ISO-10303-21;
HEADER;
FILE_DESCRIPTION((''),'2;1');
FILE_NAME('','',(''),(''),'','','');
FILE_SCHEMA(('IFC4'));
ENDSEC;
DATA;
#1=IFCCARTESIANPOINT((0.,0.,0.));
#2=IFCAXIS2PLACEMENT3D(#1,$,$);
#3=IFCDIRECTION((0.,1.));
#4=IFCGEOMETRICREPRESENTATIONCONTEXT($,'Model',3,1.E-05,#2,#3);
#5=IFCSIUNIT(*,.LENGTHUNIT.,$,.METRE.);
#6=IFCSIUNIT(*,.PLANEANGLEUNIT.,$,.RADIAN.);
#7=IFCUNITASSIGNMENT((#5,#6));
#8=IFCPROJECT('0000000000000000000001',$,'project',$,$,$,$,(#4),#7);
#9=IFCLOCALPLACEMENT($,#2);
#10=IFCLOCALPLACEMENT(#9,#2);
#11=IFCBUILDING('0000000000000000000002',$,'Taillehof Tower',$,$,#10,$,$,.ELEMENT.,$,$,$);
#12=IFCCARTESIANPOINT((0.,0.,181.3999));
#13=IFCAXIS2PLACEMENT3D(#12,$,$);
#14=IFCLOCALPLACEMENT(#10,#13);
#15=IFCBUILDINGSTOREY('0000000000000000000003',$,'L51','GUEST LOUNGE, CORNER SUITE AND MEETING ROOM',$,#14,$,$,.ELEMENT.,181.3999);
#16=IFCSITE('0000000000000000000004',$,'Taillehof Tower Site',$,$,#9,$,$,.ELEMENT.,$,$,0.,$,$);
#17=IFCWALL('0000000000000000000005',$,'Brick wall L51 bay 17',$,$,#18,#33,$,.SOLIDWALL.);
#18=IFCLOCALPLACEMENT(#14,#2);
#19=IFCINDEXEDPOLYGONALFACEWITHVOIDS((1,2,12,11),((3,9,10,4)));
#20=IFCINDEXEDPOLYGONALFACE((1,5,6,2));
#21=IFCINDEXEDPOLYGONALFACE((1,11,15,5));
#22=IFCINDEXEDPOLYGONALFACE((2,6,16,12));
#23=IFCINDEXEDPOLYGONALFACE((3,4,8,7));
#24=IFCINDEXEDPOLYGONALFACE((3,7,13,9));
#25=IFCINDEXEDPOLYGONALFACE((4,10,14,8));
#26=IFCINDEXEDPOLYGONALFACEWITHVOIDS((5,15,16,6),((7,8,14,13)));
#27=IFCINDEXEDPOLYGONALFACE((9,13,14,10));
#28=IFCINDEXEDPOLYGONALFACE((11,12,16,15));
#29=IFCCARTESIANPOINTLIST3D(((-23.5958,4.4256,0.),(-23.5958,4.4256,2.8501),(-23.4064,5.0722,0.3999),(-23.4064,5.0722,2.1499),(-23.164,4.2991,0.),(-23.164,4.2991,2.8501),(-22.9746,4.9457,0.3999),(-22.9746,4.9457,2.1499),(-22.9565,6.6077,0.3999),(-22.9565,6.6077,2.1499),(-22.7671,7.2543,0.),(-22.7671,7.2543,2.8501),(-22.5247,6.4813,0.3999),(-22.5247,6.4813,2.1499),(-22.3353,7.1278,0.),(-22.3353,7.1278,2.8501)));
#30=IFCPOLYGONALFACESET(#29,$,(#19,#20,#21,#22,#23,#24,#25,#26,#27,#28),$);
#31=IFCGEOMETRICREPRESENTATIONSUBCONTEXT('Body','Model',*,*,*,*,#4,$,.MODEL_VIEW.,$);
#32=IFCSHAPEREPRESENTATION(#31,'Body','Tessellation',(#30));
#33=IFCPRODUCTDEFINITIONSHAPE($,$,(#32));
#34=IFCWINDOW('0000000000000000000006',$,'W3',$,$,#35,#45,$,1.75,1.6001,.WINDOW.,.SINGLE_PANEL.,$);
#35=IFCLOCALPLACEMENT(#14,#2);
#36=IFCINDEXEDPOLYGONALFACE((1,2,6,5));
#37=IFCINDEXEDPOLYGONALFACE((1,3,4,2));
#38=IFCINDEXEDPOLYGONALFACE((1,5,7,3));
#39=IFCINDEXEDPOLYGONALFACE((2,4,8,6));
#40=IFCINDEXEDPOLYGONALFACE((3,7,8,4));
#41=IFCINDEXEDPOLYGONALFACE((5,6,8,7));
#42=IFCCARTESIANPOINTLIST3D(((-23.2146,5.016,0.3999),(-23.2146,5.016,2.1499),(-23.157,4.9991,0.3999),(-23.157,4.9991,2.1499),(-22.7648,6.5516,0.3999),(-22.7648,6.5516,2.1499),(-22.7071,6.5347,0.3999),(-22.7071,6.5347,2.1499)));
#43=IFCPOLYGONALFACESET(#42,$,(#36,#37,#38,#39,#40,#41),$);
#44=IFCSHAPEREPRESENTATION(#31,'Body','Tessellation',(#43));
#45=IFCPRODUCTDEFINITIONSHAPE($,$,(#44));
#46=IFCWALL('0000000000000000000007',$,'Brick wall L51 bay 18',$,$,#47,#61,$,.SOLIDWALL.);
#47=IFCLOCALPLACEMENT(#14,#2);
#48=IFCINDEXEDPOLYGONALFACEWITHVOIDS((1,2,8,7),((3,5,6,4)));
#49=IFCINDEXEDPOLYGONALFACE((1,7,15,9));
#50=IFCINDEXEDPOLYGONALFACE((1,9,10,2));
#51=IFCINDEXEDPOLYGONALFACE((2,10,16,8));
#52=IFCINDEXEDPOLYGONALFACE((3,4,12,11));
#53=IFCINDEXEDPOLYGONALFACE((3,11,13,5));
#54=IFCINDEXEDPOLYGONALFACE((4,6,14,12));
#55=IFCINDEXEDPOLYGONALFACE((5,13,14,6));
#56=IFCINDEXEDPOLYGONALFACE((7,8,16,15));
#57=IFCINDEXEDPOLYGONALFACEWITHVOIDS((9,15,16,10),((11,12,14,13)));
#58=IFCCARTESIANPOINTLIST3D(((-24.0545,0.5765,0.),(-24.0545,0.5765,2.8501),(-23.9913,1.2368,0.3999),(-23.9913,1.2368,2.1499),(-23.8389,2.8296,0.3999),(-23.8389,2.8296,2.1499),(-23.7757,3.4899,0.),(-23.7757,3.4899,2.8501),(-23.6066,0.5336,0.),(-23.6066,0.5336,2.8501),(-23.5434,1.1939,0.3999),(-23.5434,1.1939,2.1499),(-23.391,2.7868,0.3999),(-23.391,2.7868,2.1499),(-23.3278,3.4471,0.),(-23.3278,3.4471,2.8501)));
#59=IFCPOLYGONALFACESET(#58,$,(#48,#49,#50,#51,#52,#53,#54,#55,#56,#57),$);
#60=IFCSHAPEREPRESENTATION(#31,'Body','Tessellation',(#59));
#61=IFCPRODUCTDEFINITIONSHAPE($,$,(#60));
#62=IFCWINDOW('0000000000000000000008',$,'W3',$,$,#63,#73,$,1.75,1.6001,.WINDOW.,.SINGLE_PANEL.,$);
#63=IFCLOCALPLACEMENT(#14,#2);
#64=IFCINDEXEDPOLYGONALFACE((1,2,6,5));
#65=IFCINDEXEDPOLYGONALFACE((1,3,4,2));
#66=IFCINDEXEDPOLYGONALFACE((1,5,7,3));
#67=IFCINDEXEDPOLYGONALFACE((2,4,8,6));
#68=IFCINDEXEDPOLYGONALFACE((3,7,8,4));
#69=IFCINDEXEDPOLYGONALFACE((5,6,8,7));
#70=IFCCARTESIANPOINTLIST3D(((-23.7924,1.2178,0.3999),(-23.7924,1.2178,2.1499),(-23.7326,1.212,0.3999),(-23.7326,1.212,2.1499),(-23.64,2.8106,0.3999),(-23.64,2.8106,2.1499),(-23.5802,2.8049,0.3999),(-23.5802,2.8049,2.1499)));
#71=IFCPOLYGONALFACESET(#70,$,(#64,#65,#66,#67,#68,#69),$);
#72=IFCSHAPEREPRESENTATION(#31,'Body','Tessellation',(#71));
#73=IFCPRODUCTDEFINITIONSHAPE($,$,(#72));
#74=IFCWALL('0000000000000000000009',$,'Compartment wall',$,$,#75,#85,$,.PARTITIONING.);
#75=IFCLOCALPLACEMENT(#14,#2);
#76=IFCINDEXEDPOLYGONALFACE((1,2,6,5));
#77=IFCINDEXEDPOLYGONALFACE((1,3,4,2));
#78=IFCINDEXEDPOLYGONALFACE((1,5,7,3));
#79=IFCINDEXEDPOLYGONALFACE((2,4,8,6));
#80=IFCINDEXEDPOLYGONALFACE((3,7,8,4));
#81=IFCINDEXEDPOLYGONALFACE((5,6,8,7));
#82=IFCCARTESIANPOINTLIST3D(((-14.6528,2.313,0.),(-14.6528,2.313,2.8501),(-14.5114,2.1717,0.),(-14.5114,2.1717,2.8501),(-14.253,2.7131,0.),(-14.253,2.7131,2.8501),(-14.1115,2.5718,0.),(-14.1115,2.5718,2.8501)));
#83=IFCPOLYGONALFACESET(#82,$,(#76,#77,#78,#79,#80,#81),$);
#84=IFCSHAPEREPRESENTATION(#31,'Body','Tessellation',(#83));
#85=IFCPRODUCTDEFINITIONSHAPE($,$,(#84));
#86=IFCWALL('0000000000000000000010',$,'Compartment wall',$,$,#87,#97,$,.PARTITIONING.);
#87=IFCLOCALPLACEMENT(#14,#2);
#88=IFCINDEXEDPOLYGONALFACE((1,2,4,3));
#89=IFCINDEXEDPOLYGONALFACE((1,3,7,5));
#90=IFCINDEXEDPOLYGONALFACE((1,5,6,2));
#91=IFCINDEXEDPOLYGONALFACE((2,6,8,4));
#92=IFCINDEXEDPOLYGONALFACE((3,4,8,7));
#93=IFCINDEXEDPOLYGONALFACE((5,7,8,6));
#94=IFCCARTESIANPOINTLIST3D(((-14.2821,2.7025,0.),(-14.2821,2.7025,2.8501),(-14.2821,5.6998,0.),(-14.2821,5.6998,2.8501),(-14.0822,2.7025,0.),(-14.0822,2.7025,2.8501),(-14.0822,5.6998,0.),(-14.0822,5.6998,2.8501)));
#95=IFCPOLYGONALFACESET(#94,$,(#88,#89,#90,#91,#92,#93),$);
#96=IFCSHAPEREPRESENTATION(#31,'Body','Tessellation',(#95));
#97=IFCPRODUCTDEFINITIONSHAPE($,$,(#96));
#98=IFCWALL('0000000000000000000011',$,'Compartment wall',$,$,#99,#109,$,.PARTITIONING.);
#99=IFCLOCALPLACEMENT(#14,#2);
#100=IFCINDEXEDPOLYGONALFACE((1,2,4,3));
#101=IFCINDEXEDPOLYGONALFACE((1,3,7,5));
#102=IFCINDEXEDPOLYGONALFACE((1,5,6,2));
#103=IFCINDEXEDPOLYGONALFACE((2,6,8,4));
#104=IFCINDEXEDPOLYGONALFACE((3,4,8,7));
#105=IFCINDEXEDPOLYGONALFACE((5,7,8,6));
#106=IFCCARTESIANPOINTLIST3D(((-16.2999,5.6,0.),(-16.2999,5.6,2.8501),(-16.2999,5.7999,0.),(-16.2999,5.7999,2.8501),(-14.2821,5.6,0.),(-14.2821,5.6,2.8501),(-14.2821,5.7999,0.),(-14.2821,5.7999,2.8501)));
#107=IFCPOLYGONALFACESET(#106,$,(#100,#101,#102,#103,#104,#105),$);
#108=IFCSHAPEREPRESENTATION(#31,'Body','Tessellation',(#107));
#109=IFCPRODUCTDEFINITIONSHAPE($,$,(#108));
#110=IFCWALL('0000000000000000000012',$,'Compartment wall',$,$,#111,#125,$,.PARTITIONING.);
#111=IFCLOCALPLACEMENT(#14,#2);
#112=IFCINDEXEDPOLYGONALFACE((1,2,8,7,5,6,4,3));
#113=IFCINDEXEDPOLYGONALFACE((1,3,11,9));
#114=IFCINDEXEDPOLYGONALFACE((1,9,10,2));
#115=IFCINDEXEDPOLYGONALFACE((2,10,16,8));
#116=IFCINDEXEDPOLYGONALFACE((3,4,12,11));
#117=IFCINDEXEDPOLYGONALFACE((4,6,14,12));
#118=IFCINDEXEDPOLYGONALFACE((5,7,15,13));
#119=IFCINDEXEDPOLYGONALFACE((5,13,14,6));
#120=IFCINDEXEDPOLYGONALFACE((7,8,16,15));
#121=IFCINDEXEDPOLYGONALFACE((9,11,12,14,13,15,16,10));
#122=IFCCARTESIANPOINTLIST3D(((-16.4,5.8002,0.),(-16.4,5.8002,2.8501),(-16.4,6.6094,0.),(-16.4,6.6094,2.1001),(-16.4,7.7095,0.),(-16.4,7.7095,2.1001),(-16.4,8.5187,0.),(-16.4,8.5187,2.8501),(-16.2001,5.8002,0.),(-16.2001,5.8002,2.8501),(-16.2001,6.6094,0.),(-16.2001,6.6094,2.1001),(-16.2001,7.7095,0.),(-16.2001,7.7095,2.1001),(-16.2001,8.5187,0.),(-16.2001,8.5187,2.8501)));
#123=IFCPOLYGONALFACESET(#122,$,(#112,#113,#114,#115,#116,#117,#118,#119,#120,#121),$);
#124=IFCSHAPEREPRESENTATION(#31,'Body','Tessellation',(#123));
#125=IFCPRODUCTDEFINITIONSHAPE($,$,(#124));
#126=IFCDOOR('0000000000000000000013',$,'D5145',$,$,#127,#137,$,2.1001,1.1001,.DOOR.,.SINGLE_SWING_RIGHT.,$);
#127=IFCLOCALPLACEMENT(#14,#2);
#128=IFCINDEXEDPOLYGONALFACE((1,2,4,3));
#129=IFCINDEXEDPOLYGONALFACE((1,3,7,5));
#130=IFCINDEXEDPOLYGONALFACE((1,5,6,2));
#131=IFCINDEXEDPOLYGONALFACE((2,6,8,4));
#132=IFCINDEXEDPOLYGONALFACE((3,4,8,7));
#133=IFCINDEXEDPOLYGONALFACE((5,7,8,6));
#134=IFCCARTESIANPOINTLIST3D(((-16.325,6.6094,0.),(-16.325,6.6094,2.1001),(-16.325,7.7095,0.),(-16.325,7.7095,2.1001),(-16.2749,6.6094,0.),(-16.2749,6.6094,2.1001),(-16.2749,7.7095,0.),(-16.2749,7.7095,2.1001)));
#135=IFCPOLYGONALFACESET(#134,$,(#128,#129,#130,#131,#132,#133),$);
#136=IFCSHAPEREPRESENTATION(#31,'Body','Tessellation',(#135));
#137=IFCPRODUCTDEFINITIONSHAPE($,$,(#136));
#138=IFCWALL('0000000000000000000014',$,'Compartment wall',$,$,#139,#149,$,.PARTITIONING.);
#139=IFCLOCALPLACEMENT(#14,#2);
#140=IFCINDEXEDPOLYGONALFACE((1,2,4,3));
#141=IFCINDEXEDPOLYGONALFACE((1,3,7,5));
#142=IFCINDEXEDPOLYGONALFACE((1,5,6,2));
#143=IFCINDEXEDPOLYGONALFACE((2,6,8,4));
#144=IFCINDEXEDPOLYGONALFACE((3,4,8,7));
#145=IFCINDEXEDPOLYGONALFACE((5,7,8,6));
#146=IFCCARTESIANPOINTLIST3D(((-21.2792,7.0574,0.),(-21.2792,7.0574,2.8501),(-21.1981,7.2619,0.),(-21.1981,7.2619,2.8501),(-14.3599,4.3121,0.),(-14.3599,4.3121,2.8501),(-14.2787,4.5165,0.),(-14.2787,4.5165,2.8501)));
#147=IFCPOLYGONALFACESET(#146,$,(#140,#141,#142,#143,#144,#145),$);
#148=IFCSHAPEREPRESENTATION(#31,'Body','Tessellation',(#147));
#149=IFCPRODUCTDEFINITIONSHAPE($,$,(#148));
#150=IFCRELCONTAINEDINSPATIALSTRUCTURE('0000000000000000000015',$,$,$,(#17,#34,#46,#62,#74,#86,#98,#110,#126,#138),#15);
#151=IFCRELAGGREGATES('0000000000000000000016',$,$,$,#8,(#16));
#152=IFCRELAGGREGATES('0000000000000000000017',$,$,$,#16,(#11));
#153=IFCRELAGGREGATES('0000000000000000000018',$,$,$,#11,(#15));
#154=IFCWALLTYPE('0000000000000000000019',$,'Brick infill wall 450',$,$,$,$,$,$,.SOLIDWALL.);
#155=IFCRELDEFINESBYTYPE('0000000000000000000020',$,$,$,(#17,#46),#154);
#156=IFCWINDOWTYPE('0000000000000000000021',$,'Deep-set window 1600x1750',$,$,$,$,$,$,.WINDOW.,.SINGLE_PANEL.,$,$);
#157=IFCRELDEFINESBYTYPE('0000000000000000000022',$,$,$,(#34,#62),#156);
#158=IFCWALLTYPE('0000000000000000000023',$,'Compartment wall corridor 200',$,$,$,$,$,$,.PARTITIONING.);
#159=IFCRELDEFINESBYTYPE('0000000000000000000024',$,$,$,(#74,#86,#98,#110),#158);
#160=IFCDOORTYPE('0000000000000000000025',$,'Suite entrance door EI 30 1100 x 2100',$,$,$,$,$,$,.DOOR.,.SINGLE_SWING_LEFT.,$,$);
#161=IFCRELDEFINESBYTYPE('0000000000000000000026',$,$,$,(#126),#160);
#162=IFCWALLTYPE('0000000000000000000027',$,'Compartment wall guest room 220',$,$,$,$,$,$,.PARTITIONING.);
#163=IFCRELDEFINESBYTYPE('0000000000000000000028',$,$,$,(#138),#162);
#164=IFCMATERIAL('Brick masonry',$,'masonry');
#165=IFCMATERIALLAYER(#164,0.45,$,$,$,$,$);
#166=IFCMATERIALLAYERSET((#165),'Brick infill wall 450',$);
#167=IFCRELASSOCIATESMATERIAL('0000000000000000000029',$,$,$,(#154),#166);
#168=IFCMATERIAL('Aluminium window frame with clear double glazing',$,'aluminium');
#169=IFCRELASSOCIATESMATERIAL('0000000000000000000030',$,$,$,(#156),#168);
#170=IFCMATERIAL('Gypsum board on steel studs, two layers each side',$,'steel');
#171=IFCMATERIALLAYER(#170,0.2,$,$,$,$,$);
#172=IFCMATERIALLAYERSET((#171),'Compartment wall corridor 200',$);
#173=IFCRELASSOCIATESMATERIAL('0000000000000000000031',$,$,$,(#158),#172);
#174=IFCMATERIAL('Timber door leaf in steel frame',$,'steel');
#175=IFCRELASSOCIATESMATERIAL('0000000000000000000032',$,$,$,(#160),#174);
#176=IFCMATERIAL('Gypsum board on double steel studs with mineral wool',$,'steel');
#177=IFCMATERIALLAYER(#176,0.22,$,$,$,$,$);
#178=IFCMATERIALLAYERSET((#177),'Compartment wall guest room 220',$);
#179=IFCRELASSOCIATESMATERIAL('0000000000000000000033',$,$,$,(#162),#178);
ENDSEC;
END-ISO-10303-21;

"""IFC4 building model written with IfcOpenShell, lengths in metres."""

from ifc_helpers import new_model, si_unit, direction, frame, frame_2d, origin, place, context, subcontext, project, spatial, rectangle, extrude, material, layer, layer_set, type_object, element, fill, save


model = new_model("IFC4")

# Units and contexts
model_context = context("Model", 3, precision=1e-05, world=origin(), true_north=direction((0.0, 1.0)))
body_context = subcontext(model_context, "Body", "Model", "MODEL_VIEW")
ifc_project = project(units=[si_unit("LENGTHUNIT", "METRE"), si_unit("PLANEANGLEUNIT", "RADIAN")], contexts=[model_context])

# Site, building, storey
site_placement = place(None, origin())
site = spatial("IfcSite", under=ifc_project, at=site_placement, Name="Taillehof Tower Site", CompositionType="ELEMENT", RefElevation=0.0)
building_placement = place(site_placement, origin())
building = spatial("IfcBuilding", under=site, at=building_placement, Name="Taillehof Tower", CompositionType="ELEMENT")
storey_placement = place(building_placement, frame((0.0, 0.0, 181.3999)))
storey = spatial("IfcBuildingStorey", under=building, at=storey_placement, Name="L51", Description="GUEST LOUNGE, CORNER SUITE AND MEETING ROOM", CompositionType="ELEMENT", Elevation=181.3999)

# Walls, openings, windows
ifc_material_1 = material(Name="Brick masonry", Category="masonry")
ifc_layer_1 = layer(ifc_material_1, 0.45)
ifc_layer_set_1 = layer_set([ifc_layer_1], Name="Brick infill wall 450")
wall_type_1 = type_object("IfcWallType", Name="Brick infill wall 450", PredefinedType="SOLIDWALL", material=ifc_layer_set_1)
wall_1_placement = place(storey_placement, frame((-22.5513, 7.1909, 0.0), z_axis=(0.0, 0.0, 1.0), x_axis=(-0.281126, -0.959671, 0.0)))
wall_1 = element("IfcWall", 1, at=wall_1_placement, inside=storey, type_object=wall_type_1, Name="Brick wall L51 bay 17", PredefinedType="SOLIDWALL", context=body_context, shape_type="SweptSolid", body=[
    extrude(rectangle(XDim=2.9475, YDim=0.45, at=frame_2d((1.4736, 0.0))), origin(), (0.0, 0.0, 1.0), 2.8501),
])
opening_1_placement = place(wall_1_placement, frame((0.6736, 0.0, 0.3999)))
opening_1 = element("IfcOpeningElement", 2, at=opening_1_placement, cuts=wall_1, PredefinedType="OPENING", context=body_context, shape_type="SweptSolid", body=[
    extrude(rectangle(XDim=1.6001, YDim=1.75, at=frame_2d((0.8, 0.875))), frame((0.0, 0.2349, 0.0), z_axis=(0.0, -1.0, 0.0), x_axis=(1.0, 0.0, 0.0)), (0.0, 0.0, 1.0), 0.47),
])
ifc_material_2 = material(Name="Aluminium window frame with clear double glazing", Category="aluminium")
window_type = type_object("IfcWindowType", Name="Deep-set window 1600x1750", PartitioningType="SINGLE_PANEL", PredefinedType="WINDOW", material=ifc_material_2)
window_1_placement = place(opening_1_placement, origin())
window_1 = element("IfcWindow", 3, at=window_1_placement, inside=storey, type_object=window_type, Name="W3", OverallHeight=1.75, OverallWidth=1.6001, PartitioningType="SINGLE_PANEL", PredefinedType="WINDOW", context=body_context, shape_type="SweptSolid", body=[
    extrude(rectangle(XDim=1.6001, YDim=1.75, at=frame_2d((0.8, 0.875))), frame((0.0, 0.0349, 0.0), z_axis=(0.0, -1.0, 0.0), x_axis=(1.0, 0.0, 0.0)), (0.0, 0.0, 1.0), 0.0601),
])
fill(opening_1, window_1)
wall_2_placement = place(storey_placement, frame((-23.5518, 3.4685, 0.0), z_axis=(0.0, 0.0, 1.0), x_axis=(-0.095266, -0.995452, 0.0)))
wall_2 = element("IfcWall", 4, at=wall_2_placement, inside=storey, type_object=wall_type_1, Name="Brick wall L51 bay 18", PredefinedType="SOLIDWALL", context=body_context, shape_type="SweptSolid", body=[
    extrude(rectangle(XDim=2.9268, YDim=0.45, at=frame_2d((1.4634, 0.0))), origin(), (0.0, 0.0, 1.0), 2.8501),
])
opening_2_placement = place(wall_2_placement, frame((0.6633, 0.0, 0.3999)))
opening_2 = element("IfcOpeningElement", 5, at=opening_2_placement, cuts=wall_2, PredefinedType="OPENING", context=body_context, shape_type="SweptSolid", body=[
    extrude(rectangle(XDim=1.6001, YDim=1.75, at=frame_2d((0.8, 0.875))), frame((0.0, 0.2349, 0.0), z_axis=(0.0, -1.0, 0.0), x_axis=(1.0, 0.0, 0.0)), (0.0, 0.0, 1.0), 0.47),
])
window_2_placement = place(opening_2_placement, origin())
window_2 = element("IfcWindow", 6, at=window_2_placement, inside=storey, type_object=window_type, Name="W3", OverallHeight=1.75, OverallWidth=1.6001, PartitioningType="SINGLE_PANEL", PredefinedType="WINDOW", context=body_context, shape_type="SweptSolid", body=[
    extrude(rectangle(XDim=1.6001, YDim=1.75, at=frame_2d((0.8, 0.875))), frame((0.0, 0.0349, 0.0), z_axis=(0.0, -1.0, 0.0), x_axis=(1.0, 0.0, 0.0)), (0.0, 0.0, 1.0), 0.0601),
])
fill(opening_2, window_2)

# Walls
ifc_material_3 = material(Name="Gypsum board on steel studs, two layers each side", Category="steel")
ifc_layer_2 = layer(ifc_material_3, 0.2)
ifc_layer_set_2 = layer_set([ifc_layer_2], Name="Compartment wall corridor 200")
wall_type_2 = type_object("IfcWallType", Name="Compartment wall corridor 200", PredefinedType="PARTITIONING", material=ifc_layer_set_2)
wall_3_placement = place(storey_placement, frame((-14.582, 2.2424, 0.0), z_axis=(0.0, 0.0, 1.0), x_axis=(0.706891, 0.707323, 0.0)))
element("IfcWall", 7, at=wall_3_placement, inside=storey, type_object=wall_type_2, Name="Compartment wall", PredefinedType="PARTITIONING", context=body_context, shape_type="SweptSolid", body=[
    extrude(rectangle(XDim=0.5657, YDim=0.2, at=frame_2d((0.2827, 0.0))), origin(), (0.0, 0.0, 1.0), 2.8501),
])
wall_4_placement = place(storey_placement, frame((-14.1821, 2.7026, 0.0), z_axis=(0.0, 0.0, 1.0), x_axis=(0.0, 1.0, 0.0)))
element("IfcWall", 8, at=wall_4_placement, inside=storey, type_object=wall_type_2, Name="Compartment wall", PredefinedType="PARTITIONING", context=body_context, shape_type="SweptSolid", body=[
    extrude(rectangle(XDim=2.9973, YDim=0.2, at=frame_2d((1.4985, 0.0))), origin(), (0.0, 0.0, 1.0), 2.8501),
])
wall_5_placement = place(storey_placement, frame((-14.2822, 5.7, 0.0), z_axis=(0.0, 0.0, 1.0), x_axis=(-1.0, 0.0, 0.0)))
element("IfcWall", 9, at=wall_5_placement, inside=storey, type_object=wall_type_2, Name="Compartment wall", PredefinedType="PARTITIONING", context=body_context, shape_type="SweptSolid", body=[
    extrude(rectangle(XDim=2.0178, YDim=0.2, at=frame_2d((1.0088, 0.0))), origin(), (0.0, 0.0, 1.0), 2.8501),
])

# Wall, opening, door
wall_6_placement = place(storey_placement, frame((-16.3, 5.8, 0.0), z_axis=(0.0, 0.0, 1.0), x_axis=(0.0, 1.0, 0.0)))
wall_6 = element("IfcWall", 10, at=wall_6_placement, inside=storey, type_object=wall_type_2, Name="Compartment wall", PredefinedType="PARTITIONING", context=body_context, shape_type="SweptSolid", body=[
    extrude(rectangle(XDim=2.7185, YDim=0.2, at=frame_2d((1.3594, 0.0))), origin(), (0.0, 0.0, 1.0), 2.8501),
])
opening_3_placement = place(wall_6_placement, frame((0.8093, 0.0, 0.0)))
opening_3 = element("IfcOpeningElement", 11, at=opening_3_placement, cuts=wall_6, PredefinedType="OPENING", context=body_context, shape_type="SweptSolid", body=[
    extrude(rectangle(XDim=1.1001, YDim=2.1001, at=frame_2d((0.55, 1.05))), frame((0.0, 0.1099, 0.0), z_axis=(0.0, -1.0, 0.0), x_axis=(1.0, 0.0, 0.0)), (0.0, 0.0, 1.0), 0.22),
])
ifc_material_4 = material(Name="Timber door leaf in steel frame", Category="steel")
door_type = type_object("IfcDoorType", Name="Suite entrance door EI 30 1100 x 2100", OperationType="SINGLE_SWING_LEFT", PredefinedType="DOOR", material=ifc_material_4)
door_placement = place(opening_3_placement, origin())
door = element("IfcDoor", 12, at=door_placement, inside=storey, type_object=door_type, Name="D5145", OperationType="SINGLE_SWING_RIGHT", OverallHeight=2.1001, OverallWidth=1.1001, PredefinedType="DOOR", context=body_context, shape_type="SweptSolid", body=[
    extrude(rectangle(XDim=1.1001, YDim=2.1001, at=frame_2d((0.55, 1.05))), frame((0.0, 0.0249, 0.0), z_axis=(0.0, -1.0, 0.0), x_axis=(1.0, 0.0, 0.0)), (0.0, 0.0, 1.0), 0.05),
])
fill(opening_3, door)

# Wall
ifc_material_5 = material(Name="Gypsum board on double steel studs with mineral wool", Category="steel")
ifc_layer_3 = layer(ifc_material_5, 0.22)
ifc_layer_set_3 = layer_set([ifc_layer_3], Name="Compartment wall guest room 220")
wall_type_3 = type_object("IfcWallType", Name="Compartment wall guest room 220", PredefinedType="PARTITIONING", material=ifc_layer_set_3)
wall_7_placement = place(storey_placement, frame((-21.2388, 7.1597, 0.0), z_axis=(0.0, 0.0, 1.0), x_axis=(0.929511, -0.368794, 0.0)))
element("IfcWall", 13, at=wall_7_placement, inside=storey, type_object=wall_type_3, Name="Compartment wall", PredefinedType="PARTITIONING", context=body_context, shape_type="SweptSolid", body=[
    extrude(rectangle(XDim=7.4441, YDim=0.22, at=frame_2d((3.7222, 0.0))), origin(), (0.0, 0.0, 1.0), 2.8501),
])

save(model, "model.ifc")
